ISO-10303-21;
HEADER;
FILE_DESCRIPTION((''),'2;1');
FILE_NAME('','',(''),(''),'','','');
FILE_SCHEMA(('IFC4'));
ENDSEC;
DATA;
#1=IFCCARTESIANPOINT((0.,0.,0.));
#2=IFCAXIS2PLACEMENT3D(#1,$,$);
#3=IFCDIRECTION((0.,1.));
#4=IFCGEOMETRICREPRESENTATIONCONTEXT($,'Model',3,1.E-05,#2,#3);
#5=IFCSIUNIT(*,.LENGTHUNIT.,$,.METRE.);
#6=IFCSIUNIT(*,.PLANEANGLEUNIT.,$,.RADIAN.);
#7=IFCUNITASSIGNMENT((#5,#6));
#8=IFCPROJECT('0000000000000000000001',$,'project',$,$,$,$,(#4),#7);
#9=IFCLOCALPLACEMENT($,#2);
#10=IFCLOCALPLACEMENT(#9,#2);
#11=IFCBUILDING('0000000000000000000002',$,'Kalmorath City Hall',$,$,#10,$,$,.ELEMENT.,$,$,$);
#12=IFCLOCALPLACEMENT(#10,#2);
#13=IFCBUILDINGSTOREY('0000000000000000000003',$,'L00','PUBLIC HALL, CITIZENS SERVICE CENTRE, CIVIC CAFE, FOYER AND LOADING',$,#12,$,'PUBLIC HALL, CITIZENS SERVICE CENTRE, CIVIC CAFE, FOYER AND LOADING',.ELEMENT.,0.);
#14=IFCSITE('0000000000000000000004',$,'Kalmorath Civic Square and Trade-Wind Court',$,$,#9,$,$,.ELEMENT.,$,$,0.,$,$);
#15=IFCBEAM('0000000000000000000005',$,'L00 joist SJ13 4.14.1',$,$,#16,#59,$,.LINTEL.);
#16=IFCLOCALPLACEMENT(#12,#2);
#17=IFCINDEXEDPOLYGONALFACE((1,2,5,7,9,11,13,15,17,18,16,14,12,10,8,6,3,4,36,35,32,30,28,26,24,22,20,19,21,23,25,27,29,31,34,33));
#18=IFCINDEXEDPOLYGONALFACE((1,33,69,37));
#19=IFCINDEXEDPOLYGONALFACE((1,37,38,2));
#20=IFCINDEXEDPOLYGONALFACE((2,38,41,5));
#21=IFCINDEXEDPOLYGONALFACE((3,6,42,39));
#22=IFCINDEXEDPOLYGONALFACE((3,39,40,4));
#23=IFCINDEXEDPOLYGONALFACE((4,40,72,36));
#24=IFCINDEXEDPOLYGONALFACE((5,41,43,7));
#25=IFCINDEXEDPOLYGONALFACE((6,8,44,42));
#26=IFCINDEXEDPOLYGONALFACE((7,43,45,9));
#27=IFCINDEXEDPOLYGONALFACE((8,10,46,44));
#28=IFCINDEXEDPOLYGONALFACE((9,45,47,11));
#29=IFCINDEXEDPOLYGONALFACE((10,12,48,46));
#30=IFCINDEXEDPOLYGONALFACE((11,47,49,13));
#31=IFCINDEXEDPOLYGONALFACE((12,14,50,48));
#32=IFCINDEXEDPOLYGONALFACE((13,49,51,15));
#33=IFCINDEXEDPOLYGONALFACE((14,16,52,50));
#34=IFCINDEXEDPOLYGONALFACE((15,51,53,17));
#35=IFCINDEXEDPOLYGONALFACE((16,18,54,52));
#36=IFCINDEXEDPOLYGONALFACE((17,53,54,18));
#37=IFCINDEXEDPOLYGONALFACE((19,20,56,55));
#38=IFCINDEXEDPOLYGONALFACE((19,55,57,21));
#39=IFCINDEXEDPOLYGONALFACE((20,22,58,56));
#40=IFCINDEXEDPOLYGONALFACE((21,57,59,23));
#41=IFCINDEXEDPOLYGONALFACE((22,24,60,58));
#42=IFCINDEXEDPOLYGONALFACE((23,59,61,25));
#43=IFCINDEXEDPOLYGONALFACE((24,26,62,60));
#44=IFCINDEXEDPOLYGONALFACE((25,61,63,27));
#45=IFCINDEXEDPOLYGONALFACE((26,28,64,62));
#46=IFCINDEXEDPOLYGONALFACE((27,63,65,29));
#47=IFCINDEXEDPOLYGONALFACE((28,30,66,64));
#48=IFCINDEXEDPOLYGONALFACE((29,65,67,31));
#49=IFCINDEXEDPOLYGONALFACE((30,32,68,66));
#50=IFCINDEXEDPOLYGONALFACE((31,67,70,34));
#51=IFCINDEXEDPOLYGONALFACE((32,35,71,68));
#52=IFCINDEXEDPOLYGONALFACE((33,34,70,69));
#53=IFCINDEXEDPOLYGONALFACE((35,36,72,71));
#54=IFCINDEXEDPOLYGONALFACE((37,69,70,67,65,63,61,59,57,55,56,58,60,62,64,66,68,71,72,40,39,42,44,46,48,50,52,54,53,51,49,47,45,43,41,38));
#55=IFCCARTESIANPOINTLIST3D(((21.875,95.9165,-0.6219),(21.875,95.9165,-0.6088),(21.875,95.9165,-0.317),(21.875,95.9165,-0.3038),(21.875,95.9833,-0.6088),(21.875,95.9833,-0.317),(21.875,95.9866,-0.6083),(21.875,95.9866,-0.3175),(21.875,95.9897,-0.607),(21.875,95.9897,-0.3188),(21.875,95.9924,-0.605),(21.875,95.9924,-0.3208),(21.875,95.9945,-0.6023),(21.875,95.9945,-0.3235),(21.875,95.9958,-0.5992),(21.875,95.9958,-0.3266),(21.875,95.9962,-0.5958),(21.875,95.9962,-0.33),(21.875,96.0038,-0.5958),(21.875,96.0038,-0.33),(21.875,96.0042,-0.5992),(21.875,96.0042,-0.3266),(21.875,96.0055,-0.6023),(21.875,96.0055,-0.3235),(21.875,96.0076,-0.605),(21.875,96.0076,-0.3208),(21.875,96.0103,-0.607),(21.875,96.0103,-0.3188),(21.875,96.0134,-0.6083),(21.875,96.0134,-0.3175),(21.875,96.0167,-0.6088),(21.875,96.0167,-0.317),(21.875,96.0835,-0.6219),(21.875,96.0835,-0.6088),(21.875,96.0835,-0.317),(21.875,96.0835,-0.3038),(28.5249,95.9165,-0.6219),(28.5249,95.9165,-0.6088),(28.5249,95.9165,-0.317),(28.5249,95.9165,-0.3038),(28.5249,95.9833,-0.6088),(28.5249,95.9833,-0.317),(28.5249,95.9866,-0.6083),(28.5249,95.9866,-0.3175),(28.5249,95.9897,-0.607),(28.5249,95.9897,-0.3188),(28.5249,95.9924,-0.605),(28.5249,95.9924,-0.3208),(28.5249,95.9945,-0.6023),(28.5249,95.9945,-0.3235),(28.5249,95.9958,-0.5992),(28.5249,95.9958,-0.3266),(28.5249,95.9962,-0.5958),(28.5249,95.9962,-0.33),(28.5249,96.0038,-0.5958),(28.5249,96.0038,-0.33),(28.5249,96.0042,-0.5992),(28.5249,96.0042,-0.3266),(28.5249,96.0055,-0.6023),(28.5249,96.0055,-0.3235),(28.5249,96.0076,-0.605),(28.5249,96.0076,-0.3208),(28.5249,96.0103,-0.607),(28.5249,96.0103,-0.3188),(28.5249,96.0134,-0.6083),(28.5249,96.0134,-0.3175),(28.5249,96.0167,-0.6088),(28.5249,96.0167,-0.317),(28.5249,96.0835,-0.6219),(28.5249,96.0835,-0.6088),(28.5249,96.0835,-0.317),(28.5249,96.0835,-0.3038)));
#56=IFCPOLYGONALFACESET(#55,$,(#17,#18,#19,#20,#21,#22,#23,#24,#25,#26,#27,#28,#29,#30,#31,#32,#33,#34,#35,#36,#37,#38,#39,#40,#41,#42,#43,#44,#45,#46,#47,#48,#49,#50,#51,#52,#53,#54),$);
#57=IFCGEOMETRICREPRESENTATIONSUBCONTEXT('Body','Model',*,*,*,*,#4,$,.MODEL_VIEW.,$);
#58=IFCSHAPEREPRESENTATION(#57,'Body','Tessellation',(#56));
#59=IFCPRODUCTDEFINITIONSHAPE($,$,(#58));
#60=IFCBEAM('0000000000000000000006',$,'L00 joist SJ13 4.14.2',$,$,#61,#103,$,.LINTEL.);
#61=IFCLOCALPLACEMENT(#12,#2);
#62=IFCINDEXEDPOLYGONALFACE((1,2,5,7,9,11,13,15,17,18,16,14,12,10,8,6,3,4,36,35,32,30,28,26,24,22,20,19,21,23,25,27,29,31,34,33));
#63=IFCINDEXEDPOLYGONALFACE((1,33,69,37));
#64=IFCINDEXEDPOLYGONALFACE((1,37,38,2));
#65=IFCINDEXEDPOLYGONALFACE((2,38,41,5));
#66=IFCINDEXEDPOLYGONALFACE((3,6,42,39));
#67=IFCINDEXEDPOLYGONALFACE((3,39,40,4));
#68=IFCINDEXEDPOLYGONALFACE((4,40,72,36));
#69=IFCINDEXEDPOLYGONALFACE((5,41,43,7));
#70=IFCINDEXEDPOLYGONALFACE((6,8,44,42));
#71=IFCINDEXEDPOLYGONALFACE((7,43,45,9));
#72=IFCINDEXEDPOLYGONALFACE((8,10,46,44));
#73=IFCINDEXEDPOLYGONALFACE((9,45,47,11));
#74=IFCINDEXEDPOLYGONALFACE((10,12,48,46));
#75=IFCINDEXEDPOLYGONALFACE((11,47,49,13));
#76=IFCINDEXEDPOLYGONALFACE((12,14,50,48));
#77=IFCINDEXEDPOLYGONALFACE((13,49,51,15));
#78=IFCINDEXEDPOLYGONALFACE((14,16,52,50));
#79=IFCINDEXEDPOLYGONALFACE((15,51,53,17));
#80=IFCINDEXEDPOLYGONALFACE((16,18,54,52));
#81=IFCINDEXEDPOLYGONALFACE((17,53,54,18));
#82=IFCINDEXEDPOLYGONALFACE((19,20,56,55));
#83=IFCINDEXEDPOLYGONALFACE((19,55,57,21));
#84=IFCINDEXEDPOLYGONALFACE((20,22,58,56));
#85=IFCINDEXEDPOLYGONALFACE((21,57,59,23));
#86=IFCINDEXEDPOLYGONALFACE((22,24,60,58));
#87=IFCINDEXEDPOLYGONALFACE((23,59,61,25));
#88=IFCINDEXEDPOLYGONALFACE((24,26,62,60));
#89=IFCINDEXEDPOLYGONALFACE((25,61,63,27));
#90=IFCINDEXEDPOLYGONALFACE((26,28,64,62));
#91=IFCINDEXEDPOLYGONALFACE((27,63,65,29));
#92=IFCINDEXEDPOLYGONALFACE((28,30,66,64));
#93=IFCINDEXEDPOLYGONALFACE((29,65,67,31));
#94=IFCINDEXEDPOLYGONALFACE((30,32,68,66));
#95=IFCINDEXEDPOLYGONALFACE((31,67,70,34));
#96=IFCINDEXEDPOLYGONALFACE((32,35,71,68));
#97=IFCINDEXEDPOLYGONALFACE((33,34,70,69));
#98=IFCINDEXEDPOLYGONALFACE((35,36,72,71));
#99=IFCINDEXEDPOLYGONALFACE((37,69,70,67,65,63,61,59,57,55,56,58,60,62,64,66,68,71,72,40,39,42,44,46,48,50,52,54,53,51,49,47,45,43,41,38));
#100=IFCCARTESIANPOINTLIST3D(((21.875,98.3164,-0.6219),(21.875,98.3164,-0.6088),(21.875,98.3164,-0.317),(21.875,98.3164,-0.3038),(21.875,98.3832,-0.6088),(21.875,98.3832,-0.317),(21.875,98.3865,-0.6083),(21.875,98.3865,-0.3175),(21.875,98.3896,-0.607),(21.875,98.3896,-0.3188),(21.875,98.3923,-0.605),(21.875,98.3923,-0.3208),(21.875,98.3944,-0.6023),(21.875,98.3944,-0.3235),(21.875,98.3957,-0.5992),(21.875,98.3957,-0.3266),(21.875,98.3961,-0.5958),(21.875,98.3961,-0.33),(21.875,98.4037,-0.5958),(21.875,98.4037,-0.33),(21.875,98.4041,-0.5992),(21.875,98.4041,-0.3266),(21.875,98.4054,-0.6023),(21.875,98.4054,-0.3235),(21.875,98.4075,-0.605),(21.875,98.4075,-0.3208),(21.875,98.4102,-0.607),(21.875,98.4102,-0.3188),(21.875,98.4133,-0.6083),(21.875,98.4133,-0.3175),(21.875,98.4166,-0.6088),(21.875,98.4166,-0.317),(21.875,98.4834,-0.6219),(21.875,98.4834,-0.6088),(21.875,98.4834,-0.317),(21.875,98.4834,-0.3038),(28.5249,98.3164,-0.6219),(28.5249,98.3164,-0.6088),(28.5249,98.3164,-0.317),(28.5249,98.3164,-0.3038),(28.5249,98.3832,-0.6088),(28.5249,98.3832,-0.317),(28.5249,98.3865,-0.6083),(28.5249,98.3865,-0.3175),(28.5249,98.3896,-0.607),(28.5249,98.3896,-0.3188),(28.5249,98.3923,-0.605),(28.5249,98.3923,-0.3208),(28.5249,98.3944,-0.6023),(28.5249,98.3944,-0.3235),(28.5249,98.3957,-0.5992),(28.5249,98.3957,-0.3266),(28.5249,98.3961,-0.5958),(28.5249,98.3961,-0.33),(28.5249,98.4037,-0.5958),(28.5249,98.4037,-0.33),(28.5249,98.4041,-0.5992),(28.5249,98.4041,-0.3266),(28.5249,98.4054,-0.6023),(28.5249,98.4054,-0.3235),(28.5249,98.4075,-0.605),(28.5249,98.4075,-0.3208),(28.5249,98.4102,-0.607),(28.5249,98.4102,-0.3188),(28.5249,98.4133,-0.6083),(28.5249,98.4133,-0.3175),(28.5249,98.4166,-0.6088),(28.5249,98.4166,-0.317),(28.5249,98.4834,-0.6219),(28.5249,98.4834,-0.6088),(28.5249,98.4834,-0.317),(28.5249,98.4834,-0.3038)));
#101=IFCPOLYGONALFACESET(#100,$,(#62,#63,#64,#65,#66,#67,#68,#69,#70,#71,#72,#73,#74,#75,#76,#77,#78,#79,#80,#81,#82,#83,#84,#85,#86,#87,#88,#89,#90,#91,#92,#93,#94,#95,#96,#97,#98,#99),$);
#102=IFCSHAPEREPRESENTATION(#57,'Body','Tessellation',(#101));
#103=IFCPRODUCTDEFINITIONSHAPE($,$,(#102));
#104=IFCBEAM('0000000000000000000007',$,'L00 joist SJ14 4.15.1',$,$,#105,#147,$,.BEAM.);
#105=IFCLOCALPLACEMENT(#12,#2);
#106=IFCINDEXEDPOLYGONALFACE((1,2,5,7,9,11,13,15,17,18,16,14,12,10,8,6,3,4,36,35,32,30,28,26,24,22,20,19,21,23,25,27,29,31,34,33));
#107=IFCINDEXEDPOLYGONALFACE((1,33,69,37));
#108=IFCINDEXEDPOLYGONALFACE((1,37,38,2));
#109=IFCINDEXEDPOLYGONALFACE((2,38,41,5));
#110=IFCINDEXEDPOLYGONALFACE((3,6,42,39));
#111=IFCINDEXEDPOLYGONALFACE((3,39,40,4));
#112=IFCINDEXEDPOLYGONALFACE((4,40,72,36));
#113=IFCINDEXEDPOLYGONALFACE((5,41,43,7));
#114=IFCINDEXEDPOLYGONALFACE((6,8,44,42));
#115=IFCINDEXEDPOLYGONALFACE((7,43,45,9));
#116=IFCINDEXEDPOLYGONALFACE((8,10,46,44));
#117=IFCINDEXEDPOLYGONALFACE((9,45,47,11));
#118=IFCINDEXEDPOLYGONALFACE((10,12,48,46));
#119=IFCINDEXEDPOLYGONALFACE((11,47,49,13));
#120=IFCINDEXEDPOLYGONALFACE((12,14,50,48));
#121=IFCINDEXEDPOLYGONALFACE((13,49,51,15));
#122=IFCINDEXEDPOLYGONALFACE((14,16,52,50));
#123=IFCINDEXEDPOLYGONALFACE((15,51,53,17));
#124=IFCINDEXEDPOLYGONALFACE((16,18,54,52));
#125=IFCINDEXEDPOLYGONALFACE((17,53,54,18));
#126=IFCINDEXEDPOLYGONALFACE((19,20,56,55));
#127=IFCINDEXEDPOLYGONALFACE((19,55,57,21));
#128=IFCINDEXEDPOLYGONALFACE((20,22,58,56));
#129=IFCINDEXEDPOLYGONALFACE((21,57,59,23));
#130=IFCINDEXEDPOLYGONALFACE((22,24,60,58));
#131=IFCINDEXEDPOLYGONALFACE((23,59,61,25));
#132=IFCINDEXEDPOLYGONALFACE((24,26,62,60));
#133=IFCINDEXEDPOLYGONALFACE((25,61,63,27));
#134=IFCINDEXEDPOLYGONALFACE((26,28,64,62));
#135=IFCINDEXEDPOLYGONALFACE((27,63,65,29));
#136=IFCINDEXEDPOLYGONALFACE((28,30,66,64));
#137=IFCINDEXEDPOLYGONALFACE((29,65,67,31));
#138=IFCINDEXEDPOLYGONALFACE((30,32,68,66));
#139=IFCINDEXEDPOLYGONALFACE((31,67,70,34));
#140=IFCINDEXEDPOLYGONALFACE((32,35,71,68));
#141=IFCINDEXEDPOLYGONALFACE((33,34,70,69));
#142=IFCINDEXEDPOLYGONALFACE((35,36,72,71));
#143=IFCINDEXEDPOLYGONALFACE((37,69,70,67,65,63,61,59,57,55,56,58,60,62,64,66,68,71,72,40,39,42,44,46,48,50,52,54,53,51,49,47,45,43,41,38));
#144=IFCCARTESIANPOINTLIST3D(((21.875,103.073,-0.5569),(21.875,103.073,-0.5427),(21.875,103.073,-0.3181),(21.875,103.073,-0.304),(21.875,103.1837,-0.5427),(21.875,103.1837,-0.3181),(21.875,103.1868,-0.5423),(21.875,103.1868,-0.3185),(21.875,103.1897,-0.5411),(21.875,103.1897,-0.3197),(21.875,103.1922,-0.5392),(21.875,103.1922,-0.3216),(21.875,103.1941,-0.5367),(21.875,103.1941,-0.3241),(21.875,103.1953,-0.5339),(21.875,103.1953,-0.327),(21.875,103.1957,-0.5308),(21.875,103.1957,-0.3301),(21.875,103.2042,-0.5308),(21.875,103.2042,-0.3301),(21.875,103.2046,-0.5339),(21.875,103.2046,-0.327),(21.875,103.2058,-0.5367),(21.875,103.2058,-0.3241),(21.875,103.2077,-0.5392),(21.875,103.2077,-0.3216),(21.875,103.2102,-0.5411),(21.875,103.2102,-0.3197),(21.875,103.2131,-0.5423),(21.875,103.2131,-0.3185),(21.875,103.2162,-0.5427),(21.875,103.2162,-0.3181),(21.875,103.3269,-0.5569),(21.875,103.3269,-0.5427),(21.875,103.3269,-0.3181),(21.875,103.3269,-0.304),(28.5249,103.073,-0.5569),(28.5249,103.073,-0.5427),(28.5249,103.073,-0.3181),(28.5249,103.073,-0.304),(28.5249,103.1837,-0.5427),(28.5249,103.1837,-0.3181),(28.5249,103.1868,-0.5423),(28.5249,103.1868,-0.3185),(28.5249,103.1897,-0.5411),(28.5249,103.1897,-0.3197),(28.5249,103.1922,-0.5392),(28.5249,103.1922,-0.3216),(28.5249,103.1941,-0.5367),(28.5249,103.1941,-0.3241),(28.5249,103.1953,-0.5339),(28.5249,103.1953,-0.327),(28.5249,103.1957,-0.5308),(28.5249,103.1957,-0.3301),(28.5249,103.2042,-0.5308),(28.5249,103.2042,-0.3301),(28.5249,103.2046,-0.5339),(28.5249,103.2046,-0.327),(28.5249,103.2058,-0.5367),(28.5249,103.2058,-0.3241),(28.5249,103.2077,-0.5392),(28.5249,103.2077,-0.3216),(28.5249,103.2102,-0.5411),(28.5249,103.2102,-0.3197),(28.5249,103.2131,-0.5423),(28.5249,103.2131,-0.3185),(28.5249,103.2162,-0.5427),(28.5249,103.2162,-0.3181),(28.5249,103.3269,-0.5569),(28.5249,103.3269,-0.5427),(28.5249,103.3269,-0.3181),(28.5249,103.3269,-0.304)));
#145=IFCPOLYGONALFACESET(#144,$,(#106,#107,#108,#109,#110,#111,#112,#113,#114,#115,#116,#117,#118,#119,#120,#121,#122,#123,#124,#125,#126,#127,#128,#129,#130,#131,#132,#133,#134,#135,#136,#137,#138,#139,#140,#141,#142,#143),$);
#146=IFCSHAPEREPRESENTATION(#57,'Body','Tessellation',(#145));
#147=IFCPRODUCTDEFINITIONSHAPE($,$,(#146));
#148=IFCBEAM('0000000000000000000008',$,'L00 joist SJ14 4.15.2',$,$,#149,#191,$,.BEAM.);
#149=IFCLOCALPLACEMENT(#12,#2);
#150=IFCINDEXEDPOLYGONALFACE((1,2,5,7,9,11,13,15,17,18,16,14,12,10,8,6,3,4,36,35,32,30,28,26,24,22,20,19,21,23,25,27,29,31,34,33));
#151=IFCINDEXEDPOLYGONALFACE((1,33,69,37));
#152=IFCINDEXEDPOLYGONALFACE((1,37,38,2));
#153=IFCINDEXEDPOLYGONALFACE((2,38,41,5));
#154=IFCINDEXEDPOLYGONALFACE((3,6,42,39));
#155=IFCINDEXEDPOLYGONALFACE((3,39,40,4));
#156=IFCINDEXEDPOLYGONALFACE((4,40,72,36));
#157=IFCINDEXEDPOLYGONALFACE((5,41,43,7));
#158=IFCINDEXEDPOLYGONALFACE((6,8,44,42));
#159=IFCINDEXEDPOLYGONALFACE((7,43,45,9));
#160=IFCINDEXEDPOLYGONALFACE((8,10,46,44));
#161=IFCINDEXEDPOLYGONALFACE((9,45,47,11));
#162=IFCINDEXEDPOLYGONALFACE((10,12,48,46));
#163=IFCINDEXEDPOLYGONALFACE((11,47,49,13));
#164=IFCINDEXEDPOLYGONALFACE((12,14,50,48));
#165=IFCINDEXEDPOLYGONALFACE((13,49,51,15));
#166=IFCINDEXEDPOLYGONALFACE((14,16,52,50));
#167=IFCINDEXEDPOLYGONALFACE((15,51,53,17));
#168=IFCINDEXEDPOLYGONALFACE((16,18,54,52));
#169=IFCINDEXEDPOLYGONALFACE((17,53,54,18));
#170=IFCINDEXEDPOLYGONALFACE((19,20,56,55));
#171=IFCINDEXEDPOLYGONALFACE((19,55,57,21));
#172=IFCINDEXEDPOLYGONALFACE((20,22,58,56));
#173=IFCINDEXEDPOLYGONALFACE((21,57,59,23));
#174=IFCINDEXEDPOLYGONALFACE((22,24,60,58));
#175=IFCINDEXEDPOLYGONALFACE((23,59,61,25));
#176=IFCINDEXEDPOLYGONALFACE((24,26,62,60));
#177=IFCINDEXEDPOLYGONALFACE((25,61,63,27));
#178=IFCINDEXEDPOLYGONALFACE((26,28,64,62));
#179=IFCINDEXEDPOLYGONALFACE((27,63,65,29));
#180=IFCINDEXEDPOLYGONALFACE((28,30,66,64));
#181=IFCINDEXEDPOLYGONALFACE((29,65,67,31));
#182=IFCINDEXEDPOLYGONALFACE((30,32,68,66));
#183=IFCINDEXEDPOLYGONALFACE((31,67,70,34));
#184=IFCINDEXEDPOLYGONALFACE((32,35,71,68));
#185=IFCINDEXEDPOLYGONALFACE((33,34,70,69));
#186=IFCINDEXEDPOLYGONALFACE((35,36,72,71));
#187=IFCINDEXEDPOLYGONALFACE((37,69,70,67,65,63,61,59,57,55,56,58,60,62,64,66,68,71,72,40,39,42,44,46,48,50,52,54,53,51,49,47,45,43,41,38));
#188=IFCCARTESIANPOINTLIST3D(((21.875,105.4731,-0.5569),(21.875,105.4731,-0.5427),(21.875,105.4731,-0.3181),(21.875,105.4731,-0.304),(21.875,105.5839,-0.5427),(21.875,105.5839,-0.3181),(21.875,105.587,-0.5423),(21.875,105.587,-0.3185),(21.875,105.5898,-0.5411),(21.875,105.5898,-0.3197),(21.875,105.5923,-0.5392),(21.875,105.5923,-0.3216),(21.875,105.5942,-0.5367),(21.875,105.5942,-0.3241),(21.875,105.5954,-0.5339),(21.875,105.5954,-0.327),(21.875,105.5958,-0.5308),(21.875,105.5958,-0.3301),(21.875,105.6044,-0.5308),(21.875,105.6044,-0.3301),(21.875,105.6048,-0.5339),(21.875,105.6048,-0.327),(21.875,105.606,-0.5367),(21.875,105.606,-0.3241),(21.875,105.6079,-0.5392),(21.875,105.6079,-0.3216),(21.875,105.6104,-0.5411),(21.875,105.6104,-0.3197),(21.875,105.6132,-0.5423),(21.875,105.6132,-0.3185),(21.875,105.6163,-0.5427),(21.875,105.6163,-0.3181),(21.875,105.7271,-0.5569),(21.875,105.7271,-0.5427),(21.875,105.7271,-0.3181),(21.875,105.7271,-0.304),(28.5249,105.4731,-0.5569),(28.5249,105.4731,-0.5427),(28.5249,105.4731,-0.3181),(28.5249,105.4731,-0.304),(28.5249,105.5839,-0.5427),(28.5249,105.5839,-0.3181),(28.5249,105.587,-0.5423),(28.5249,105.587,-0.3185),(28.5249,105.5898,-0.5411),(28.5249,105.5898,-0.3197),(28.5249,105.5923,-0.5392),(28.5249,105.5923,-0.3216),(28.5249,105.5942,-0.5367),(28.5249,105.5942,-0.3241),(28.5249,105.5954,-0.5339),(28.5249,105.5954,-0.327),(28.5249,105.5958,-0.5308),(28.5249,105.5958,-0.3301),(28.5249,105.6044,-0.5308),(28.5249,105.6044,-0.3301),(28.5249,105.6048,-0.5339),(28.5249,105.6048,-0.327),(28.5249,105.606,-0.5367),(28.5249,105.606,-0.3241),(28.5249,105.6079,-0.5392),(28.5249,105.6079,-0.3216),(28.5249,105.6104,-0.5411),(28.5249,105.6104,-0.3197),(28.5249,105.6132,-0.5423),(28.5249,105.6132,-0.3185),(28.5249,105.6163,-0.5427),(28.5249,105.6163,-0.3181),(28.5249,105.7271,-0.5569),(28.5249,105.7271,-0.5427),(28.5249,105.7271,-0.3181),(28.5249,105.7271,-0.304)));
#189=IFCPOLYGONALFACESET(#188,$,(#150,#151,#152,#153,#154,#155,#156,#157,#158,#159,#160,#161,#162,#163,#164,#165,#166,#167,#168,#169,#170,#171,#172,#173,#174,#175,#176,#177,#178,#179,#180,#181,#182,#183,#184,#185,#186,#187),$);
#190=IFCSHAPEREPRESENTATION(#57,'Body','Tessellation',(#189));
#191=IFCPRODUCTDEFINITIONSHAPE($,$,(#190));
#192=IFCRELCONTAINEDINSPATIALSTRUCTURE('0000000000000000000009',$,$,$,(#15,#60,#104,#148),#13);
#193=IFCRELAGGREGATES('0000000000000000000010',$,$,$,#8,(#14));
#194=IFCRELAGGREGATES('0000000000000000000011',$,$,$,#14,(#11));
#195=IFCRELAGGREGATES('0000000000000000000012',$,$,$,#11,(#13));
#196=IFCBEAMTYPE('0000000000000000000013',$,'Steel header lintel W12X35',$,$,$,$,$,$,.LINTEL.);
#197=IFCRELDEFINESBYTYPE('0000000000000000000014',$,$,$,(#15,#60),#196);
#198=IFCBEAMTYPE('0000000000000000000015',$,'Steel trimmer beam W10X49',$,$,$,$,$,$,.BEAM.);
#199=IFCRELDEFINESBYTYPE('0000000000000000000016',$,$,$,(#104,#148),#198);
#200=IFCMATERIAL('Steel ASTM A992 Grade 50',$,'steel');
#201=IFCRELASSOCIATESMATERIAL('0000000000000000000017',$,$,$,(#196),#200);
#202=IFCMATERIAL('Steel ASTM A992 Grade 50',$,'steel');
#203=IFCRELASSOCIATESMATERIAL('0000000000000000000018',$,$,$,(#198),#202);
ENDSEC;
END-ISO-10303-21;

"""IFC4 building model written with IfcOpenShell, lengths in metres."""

from ifc_helpers import new_model, si_unit, direction, frame, origin, origin_2d, place, context, subcontext, project, spatial, i_section, extrude, material, material_profile, profile_set, type_object, element, save


model = new_model("IFC4")

# Units and contexts
model_context = context("Model", 3, precision=1e-05, world=origin(), true_north=direction((0.0, 1.0)))
body_context = subcontext(model_context, "Body", "Model", "MODEL_VIEW")
ifc_project = project(units=[si_unit("LENGTHUNIT", "METRE"), si_unit("PLANEANGLEUNIT", "RADIAN")], contexts=[model_context])

# Site, building, storey
site_placement = place(None, origin())
site = spatial("IfcSite", under=ifc_project, at=site_placement, Name="Kalmorath Civic Square and Trade-Wind Court", CompositionType="ELEMENT", RefElevation=0.0)
building_placement = place(site_placement, origin())
building = spatial("IfcBuilding", under=site, at=building_placement, Name="Kalmorath City Hall", CompositionType="ELEMENT")
storey_placement = place(building_placement, origin())
storey = spatial("IfcBuildingStorey", under=building, at=storey_placement, Name="L00", Description="PUBLIC HALL, CITIZENS SERVICE CENTRE, CIVIC CAFE, FOYER AND LOADING", LongName="PUBLIC HALL, CITIZENS SERVICE CENTRE, CIVIC CAFE, FOYER AND LOADING", CompositionType="ELEMENT", Elevation=0.0)

# Beams
ifc_material_1 = material(Name="Steel ASTM A992 Grade 50", Category="steel")
ifc_material_profile_1 = material_profile(ifc_material_1, i_section(OverallWidth=0.167, OverallDepth=0.3181, WebThickness=0.0076, FlangeThickness=0.0132, FilletRadius=0.0129, at=origin_2d()), Name="W12X35")
ifc_profile_set_1 = profile_set([ifc_material_profile_1], Name="Steel ASTM A992 Grade 50")
beam_type_1 = type_object("IfcBeamType", Name="Steel header lintel W12X35", PredefinedType="LINTEL", material=ifc_profile_set_1)
for number, where, z_axis, x_axis, name in (
    (1, (21.875, 96.0, -0.4629), (1.0, 0.0, 0.0), (0.0, 1.0, 0.0), "L00 joist SJ13 4.14.1"),
    (2, (21.875, 98.3999, -0.4629), (1.0, 0.0, 0.0), (0.0, 1.0, 0.0), "L00 joist SJ13 4.14.2"),
):
    element("IfcBeam", number, at=place(storey_placement, frame(where, z_axis=z_axis, x_axis=x_axis)), inside=storey, type_object=beam_type_1, Name=name, PredefinedType="LINTEL", context=body_context, shape_type="SweptSolid", body=[
        extrude(i_section(OverallWidth=0.167, OverallDepth=0.3181, WebThickness=0.0076, FlangeThickness=0.0132, FilletRadius=0.0129, at=origin_2d()), origin(), (0.0, 0.0, 1.0), 6.6499),
    ])
ifc_material_2 = material(Name="Steel ASTM A992 Grade 50", Category="steel")
ifc_material_profile_2 = material_profile(ifc_material_2, i_section(OverallWidth=0.2539, OverallDepth=0.2529, WebThickness=0.0085, FlangeThickness=0.0142, FilletRadius=0.012, at=origin_2d()), Name="W10X49")
ifc_profile_set_2 = profile_set([ifc_material_profile_2], Name="Steel ASTM A992 Grade 50")
beam_type_2 = type_object("IfcBeamType", Name="Steel trimmer beam W10X49", PredefinedType="BEAM", material=ifc_profile_set_2)
for number, where, z_axis, x_axis, name in (
    (3, (21.875, 103.2, -0.4304), (1.0, 0.0, 0.0), (0.0, 1.0, 0.0), "L00 joist SJ14 4.15.1"),
    (4, (21.875, 105.6001, -0.4304), (1.0, 0.0, 0.0), (0.0, 1.0, 0.0), "L00 joist SJ14 4.15.2"),
):
    element("IfcBeam", number, at=place(storey_placement, frame(where, z_axis=z_axis, x_axis=x_axis)), inside=storey, type_object=beam_type_2, Name=name, PredefinedType="BEAM", context=body_context, shape_type="SweptSolid", body=[
        extrude(i_section(OverallWidth=0.2539, OverallDepth=0.2529, WebThickness=0.0085, FlangeThickness=0.0142, FilletRadius=0.012, at=origin_2d()), origin(), (0.0, 0.0, 1.0), 6.6499),
    ])

save(model, "model.ifc")
